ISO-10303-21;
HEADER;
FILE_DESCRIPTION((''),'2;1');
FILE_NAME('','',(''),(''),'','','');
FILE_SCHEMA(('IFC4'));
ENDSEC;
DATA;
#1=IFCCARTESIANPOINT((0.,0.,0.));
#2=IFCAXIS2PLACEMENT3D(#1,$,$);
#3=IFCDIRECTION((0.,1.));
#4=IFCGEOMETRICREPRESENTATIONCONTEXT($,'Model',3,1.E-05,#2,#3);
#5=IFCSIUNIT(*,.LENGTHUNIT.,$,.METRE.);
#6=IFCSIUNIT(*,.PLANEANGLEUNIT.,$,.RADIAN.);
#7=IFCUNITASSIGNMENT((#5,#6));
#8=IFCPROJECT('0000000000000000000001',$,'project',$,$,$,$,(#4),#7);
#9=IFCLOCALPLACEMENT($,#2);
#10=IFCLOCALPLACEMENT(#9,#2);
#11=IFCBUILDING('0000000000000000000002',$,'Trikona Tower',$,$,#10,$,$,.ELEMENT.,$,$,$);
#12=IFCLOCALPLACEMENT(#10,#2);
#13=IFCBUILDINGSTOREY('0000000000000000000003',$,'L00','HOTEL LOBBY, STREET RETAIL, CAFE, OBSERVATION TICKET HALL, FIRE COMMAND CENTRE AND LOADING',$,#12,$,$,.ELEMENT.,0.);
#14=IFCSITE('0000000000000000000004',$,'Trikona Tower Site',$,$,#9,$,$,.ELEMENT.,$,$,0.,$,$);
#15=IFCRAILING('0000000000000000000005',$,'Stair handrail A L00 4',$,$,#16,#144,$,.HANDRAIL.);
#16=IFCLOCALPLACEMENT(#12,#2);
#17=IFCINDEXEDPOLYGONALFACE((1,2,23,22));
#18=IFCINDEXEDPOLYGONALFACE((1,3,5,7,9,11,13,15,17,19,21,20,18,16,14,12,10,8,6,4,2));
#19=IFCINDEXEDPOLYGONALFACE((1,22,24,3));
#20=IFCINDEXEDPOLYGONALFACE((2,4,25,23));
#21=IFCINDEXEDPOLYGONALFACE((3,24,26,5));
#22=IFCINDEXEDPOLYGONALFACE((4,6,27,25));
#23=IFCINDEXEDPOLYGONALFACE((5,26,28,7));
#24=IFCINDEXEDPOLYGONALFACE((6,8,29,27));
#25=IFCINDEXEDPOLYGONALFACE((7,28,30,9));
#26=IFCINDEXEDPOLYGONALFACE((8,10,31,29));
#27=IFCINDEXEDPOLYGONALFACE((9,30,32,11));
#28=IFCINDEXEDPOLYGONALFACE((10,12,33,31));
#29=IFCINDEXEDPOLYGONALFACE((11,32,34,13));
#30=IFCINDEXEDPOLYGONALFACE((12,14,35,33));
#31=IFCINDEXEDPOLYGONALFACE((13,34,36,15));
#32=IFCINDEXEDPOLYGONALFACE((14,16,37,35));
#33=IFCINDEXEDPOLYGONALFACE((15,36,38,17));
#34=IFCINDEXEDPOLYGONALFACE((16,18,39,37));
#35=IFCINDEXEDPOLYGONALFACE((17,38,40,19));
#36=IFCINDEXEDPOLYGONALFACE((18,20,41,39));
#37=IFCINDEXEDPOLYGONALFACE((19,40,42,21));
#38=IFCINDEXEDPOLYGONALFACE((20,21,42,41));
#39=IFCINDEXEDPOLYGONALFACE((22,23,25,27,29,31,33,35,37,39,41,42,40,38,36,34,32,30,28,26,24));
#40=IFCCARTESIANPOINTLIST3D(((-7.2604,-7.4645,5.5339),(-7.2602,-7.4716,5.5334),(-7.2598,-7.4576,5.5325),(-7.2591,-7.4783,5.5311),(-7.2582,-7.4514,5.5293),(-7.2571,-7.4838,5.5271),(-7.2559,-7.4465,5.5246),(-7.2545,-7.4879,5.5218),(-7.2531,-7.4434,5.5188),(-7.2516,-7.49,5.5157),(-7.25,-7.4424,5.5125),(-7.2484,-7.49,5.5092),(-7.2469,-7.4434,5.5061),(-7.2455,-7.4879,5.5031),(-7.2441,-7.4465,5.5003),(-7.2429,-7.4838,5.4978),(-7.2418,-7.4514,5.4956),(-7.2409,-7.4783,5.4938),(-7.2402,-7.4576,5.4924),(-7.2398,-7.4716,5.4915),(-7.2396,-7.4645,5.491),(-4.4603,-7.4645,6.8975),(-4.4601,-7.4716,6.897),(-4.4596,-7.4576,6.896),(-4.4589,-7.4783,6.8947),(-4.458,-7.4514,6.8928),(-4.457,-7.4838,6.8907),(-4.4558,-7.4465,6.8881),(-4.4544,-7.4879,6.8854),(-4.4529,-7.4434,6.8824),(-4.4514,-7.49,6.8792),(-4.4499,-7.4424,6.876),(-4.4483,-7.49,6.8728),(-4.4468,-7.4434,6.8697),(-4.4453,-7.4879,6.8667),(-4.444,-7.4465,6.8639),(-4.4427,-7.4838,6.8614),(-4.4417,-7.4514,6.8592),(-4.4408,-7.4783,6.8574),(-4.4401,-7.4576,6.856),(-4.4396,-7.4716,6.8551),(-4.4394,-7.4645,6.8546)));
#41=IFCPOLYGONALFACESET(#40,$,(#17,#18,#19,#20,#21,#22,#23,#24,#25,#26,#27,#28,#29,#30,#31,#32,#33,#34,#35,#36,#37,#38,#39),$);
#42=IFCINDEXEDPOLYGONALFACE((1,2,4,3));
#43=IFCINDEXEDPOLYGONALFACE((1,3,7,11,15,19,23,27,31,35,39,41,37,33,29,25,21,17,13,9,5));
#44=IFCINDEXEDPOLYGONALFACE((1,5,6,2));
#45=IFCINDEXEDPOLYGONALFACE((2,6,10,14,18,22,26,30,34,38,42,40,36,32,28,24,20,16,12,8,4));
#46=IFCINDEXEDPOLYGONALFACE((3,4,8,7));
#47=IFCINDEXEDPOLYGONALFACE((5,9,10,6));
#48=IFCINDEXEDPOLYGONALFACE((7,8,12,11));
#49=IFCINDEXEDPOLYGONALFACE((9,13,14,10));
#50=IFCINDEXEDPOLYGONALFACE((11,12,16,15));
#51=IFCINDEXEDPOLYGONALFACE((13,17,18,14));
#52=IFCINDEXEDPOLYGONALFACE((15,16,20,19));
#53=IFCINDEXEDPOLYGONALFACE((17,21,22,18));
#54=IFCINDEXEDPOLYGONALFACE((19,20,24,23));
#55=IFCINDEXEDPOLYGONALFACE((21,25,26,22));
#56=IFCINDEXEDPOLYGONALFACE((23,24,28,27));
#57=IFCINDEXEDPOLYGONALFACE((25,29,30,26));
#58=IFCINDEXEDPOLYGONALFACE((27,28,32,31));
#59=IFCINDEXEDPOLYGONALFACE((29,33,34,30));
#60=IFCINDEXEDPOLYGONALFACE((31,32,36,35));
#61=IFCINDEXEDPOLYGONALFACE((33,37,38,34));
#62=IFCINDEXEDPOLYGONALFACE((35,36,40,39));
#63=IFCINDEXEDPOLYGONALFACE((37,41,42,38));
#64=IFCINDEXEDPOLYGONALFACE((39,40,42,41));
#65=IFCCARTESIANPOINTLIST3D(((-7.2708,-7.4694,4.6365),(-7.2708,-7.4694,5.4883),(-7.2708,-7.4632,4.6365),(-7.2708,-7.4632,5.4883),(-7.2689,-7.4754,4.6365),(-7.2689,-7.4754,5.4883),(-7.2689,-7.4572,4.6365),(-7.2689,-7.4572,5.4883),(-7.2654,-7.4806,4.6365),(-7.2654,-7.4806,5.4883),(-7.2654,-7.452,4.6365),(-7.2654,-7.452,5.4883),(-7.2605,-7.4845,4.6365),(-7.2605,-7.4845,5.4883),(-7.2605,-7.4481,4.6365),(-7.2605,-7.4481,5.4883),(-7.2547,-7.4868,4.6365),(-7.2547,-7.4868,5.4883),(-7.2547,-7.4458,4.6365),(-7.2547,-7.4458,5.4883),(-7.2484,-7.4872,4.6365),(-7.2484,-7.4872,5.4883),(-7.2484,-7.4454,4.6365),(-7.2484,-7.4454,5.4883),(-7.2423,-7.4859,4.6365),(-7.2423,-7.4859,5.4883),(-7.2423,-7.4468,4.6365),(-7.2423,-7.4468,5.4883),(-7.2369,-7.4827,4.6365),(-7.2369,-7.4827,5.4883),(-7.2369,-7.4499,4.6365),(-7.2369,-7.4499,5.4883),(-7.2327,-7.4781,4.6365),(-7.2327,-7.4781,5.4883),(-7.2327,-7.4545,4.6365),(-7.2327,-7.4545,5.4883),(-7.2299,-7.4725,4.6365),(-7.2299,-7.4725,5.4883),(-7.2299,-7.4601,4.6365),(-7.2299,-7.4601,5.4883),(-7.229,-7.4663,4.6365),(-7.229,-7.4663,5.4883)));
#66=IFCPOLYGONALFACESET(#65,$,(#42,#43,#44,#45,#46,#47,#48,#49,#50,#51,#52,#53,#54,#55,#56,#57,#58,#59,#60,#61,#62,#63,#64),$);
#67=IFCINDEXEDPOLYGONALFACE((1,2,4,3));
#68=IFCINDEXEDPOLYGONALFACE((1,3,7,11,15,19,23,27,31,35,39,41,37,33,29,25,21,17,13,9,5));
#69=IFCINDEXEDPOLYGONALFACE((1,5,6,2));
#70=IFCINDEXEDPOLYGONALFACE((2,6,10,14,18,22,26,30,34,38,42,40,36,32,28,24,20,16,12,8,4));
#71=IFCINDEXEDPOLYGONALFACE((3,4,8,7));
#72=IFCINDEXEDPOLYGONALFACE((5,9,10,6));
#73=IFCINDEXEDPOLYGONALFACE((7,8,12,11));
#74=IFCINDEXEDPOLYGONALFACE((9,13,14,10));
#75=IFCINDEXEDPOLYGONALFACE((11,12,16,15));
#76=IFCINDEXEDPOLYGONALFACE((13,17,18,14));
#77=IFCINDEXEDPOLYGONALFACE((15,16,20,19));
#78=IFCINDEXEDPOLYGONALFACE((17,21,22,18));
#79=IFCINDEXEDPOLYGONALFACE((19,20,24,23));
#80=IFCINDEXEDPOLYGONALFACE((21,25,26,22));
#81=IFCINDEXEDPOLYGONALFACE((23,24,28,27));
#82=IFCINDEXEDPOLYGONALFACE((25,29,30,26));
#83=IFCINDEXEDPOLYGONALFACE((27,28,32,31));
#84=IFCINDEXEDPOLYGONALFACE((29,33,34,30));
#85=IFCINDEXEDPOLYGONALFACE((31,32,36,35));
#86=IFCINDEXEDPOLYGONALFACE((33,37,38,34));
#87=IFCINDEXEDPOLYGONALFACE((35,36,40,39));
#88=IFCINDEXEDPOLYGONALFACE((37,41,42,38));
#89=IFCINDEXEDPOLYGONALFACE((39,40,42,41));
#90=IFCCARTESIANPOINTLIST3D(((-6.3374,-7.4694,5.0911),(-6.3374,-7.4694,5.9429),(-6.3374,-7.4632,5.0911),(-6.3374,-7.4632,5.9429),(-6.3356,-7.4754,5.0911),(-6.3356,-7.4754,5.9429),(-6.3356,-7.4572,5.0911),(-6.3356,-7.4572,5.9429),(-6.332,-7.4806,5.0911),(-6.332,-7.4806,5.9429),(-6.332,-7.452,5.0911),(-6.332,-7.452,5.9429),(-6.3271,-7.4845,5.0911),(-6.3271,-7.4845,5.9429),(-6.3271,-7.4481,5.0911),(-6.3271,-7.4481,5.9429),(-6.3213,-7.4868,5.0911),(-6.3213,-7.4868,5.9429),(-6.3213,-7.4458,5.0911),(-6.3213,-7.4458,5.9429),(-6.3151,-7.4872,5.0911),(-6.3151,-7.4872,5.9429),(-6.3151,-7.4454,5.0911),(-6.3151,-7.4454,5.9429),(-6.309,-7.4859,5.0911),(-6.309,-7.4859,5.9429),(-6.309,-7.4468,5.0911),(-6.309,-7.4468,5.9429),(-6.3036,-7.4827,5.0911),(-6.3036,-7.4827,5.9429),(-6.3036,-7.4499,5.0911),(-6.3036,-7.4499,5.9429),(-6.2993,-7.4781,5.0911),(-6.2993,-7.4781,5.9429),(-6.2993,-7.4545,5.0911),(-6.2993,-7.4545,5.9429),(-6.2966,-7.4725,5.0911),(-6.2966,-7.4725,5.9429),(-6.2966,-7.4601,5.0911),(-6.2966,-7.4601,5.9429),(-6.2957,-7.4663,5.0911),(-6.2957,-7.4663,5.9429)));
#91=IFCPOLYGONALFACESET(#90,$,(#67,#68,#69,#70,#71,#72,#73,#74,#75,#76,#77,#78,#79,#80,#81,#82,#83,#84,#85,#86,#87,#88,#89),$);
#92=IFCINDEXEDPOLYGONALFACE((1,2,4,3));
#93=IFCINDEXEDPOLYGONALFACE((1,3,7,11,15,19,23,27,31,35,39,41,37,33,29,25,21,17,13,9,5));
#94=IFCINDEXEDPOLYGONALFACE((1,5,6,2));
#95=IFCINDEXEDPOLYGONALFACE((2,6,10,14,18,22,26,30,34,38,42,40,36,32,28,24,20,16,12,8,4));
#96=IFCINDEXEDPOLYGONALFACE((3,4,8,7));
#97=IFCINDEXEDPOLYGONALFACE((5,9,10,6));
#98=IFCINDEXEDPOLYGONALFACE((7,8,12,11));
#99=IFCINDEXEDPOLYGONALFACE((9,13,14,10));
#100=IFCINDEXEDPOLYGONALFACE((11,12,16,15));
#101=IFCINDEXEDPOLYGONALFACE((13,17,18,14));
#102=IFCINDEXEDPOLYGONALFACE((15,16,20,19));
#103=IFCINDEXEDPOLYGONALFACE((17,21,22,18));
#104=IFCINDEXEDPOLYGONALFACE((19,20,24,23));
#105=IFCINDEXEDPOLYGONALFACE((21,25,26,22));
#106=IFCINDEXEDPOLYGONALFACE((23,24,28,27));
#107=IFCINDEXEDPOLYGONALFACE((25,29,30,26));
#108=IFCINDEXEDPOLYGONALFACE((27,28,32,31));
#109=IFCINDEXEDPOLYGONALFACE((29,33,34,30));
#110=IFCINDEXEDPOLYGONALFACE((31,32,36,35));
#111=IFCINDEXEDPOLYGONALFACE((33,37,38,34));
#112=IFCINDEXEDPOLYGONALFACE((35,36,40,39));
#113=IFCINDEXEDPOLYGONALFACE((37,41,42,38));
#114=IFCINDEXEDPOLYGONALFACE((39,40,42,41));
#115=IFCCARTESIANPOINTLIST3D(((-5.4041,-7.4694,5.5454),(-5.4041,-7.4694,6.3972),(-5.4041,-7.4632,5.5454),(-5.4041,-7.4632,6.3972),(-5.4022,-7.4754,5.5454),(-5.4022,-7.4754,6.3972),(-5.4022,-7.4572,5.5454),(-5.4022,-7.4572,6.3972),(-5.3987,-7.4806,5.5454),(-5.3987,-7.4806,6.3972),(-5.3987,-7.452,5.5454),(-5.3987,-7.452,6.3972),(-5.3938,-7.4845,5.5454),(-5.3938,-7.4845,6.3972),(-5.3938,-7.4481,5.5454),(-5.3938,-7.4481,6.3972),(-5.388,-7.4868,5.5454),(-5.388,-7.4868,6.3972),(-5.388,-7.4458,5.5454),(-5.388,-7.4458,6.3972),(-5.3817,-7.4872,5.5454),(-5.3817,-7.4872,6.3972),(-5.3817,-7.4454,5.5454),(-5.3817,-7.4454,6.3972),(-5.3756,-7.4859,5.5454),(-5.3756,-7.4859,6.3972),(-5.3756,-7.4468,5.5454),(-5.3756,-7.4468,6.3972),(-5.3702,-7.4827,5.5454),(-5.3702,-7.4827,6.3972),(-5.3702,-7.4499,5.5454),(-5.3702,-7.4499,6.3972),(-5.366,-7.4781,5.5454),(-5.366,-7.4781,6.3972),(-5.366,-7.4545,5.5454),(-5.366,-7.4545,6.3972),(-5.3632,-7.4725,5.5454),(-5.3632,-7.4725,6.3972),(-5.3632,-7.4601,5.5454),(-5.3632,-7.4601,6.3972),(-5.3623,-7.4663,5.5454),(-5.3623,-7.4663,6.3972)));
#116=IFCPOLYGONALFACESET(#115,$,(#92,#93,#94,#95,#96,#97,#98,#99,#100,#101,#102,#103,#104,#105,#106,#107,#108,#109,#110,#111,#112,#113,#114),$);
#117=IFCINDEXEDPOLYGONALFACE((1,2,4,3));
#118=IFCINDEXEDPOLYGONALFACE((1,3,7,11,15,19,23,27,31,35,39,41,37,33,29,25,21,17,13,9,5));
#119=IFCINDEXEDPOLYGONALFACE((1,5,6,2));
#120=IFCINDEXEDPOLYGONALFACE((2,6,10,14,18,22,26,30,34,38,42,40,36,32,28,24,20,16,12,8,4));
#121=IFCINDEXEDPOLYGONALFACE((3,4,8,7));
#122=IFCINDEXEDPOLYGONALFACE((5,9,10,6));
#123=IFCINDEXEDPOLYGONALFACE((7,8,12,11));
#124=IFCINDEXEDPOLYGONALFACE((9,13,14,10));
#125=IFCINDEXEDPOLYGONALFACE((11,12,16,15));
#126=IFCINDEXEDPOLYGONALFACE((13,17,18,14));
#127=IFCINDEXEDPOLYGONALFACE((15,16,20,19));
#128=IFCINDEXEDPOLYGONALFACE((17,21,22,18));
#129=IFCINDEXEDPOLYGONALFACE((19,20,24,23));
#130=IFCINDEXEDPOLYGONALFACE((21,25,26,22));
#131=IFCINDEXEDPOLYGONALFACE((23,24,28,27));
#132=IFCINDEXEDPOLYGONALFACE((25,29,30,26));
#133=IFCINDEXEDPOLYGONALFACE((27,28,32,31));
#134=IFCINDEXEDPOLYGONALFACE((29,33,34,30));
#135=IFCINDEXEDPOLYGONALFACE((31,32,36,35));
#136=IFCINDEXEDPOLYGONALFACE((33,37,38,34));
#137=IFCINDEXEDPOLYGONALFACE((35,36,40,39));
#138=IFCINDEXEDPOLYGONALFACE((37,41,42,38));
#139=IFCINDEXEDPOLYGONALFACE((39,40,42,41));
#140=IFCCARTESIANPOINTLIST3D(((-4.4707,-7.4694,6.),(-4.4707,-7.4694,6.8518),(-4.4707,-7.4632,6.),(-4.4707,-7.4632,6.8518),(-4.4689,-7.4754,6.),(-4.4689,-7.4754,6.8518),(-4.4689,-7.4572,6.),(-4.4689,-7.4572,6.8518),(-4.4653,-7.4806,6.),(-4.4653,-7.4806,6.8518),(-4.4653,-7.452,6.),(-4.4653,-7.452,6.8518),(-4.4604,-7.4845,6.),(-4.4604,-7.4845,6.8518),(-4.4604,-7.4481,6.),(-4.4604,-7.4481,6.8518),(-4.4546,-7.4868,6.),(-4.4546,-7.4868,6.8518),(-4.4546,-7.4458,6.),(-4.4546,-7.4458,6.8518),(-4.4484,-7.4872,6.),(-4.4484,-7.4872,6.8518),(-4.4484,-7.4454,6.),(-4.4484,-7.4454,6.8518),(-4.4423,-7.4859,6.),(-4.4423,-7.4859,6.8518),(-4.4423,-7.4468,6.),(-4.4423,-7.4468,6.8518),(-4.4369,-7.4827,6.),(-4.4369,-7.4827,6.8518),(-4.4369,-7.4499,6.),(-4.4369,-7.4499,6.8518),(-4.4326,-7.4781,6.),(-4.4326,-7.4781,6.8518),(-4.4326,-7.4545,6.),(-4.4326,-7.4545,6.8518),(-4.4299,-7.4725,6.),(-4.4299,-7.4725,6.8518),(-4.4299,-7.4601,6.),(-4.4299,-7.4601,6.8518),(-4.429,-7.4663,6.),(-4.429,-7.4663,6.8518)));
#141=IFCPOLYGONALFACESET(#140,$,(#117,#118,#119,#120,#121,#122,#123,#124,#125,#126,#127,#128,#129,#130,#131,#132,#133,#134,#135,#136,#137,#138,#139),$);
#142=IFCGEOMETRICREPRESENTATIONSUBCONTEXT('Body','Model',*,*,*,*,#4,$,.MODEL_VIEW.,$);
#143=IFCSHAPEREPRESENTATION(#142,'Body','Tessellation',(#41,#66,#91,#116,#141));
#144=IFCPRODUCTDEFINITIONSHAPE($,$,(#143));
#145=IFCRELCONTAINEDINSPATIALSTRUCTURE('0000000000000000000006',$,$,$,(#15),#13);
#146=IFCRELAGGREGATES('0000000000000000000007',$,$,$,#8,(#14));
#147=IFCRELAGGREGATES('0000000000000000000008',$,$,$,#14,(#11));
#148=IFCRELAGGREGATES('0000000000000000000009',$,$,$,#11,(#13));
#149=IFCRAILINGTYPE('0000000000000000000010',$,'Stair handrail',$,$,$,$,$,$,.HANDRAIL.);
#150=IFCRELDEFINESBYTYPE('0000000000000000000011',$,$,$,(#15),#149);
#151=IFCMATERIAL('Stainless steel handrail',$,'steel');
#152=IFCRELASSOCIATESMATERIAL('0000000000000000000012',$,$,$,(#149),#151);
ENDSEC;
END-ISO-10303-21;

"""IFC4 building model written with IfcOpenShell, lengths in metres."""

from ifc_helpers import new_model, si_unit, direction, frame, origin, origin_2d, place, context, subcontext, project, spatial, circle, extrude, material, type_object, element, save


model = new_model("IFC4")

# Units and contexts
model_context = context("Model", 3, precision=1e-05, world=origin(), true_north=direction((0.0, 1.0)))
body_context = subcontext(model_context, "Body", "Model", "MODEL_VIEW")
ifc_project = project(units=[si_unit("LENGTHUNIT", "METRE"), si_unit("PLANEANGLEUNIT", "RADIAN")], contexts=[model_context])

# Site, building, storey
site_placement = place(None, origin())
site = spatial("IfcSite", under=ifc_project, at=site_placement, Name="Trikona Tower Site", CompositionType="ELEMENT", RefElevation=0.0)
building_placement = place(site_placement, origin())
building = spatial("IfcBuilding", under=site, at=building_placement, Name="Trikona Tower", CompositionType="ELEMENT")
storey_placement = place(building_placement, origin())
storey = spatial("IfcBuildingStorey", under=building, at=storey_placement, Name="L00", Description="HOTEL LOBBY, STREET RETAIL, CAFE, OBSERVATION TICKET HALL, FIRE COMMAND CENTRE AND LOADING", CompositionType="ELEMENT", Elevation=0.0)

# Railing
ifc_material_1 = material(Name="Stainless steel handrail", Category="steel")
railing_type = type_object("IfcRailingType", Name="Stair handrail", PredefinedType="HANDRAIL", material=ifc_material_1)
railing_placement = place(storey_placement, frame((-7.25, -7.4663, 4.6365)))
element("IfcRailing", 1, at=railing_placement, inside=storey, type_object=railing_type, Name="Stair handrail A L00 4", PredefinedType="HANDRAIL", context=body_context, shape_type="SweptSolid", body=[
    extrude(circle(Radius=0.0239, at=origin_2d()), frame((0.0, 0.0, 0.876), z_axis=(0.899066, 0.0, 0.437813), x_axis=(0.0, 1.0, 0.0)), (0.0, 0.0, 1.0), 3.1145),
    extrude(circle(Radius=0.021, at=origin_2d()), origin(), (0.0, 0.0, 1.0), 0.8518),
    extrude(circle(Radius=0.021, at=origin_2d()), frame((0.9333, 0.0, 0.4546)), (0.0, 0.0, 1.0), 0.8518),
    extrude(circle(Radius=0.021, at=origin_2d()), frame((1.8667, 0.0, 0.9089)), (0.0, 0.0, 1.0), 0.8518),
    extrude(circle(Radius=0.021, at=origin_2d()), frame((2.8, 0.0, 1.3635)), (0.0, 0.0, 1.0), 0.8518),
])

save(model, "model.ifc")
